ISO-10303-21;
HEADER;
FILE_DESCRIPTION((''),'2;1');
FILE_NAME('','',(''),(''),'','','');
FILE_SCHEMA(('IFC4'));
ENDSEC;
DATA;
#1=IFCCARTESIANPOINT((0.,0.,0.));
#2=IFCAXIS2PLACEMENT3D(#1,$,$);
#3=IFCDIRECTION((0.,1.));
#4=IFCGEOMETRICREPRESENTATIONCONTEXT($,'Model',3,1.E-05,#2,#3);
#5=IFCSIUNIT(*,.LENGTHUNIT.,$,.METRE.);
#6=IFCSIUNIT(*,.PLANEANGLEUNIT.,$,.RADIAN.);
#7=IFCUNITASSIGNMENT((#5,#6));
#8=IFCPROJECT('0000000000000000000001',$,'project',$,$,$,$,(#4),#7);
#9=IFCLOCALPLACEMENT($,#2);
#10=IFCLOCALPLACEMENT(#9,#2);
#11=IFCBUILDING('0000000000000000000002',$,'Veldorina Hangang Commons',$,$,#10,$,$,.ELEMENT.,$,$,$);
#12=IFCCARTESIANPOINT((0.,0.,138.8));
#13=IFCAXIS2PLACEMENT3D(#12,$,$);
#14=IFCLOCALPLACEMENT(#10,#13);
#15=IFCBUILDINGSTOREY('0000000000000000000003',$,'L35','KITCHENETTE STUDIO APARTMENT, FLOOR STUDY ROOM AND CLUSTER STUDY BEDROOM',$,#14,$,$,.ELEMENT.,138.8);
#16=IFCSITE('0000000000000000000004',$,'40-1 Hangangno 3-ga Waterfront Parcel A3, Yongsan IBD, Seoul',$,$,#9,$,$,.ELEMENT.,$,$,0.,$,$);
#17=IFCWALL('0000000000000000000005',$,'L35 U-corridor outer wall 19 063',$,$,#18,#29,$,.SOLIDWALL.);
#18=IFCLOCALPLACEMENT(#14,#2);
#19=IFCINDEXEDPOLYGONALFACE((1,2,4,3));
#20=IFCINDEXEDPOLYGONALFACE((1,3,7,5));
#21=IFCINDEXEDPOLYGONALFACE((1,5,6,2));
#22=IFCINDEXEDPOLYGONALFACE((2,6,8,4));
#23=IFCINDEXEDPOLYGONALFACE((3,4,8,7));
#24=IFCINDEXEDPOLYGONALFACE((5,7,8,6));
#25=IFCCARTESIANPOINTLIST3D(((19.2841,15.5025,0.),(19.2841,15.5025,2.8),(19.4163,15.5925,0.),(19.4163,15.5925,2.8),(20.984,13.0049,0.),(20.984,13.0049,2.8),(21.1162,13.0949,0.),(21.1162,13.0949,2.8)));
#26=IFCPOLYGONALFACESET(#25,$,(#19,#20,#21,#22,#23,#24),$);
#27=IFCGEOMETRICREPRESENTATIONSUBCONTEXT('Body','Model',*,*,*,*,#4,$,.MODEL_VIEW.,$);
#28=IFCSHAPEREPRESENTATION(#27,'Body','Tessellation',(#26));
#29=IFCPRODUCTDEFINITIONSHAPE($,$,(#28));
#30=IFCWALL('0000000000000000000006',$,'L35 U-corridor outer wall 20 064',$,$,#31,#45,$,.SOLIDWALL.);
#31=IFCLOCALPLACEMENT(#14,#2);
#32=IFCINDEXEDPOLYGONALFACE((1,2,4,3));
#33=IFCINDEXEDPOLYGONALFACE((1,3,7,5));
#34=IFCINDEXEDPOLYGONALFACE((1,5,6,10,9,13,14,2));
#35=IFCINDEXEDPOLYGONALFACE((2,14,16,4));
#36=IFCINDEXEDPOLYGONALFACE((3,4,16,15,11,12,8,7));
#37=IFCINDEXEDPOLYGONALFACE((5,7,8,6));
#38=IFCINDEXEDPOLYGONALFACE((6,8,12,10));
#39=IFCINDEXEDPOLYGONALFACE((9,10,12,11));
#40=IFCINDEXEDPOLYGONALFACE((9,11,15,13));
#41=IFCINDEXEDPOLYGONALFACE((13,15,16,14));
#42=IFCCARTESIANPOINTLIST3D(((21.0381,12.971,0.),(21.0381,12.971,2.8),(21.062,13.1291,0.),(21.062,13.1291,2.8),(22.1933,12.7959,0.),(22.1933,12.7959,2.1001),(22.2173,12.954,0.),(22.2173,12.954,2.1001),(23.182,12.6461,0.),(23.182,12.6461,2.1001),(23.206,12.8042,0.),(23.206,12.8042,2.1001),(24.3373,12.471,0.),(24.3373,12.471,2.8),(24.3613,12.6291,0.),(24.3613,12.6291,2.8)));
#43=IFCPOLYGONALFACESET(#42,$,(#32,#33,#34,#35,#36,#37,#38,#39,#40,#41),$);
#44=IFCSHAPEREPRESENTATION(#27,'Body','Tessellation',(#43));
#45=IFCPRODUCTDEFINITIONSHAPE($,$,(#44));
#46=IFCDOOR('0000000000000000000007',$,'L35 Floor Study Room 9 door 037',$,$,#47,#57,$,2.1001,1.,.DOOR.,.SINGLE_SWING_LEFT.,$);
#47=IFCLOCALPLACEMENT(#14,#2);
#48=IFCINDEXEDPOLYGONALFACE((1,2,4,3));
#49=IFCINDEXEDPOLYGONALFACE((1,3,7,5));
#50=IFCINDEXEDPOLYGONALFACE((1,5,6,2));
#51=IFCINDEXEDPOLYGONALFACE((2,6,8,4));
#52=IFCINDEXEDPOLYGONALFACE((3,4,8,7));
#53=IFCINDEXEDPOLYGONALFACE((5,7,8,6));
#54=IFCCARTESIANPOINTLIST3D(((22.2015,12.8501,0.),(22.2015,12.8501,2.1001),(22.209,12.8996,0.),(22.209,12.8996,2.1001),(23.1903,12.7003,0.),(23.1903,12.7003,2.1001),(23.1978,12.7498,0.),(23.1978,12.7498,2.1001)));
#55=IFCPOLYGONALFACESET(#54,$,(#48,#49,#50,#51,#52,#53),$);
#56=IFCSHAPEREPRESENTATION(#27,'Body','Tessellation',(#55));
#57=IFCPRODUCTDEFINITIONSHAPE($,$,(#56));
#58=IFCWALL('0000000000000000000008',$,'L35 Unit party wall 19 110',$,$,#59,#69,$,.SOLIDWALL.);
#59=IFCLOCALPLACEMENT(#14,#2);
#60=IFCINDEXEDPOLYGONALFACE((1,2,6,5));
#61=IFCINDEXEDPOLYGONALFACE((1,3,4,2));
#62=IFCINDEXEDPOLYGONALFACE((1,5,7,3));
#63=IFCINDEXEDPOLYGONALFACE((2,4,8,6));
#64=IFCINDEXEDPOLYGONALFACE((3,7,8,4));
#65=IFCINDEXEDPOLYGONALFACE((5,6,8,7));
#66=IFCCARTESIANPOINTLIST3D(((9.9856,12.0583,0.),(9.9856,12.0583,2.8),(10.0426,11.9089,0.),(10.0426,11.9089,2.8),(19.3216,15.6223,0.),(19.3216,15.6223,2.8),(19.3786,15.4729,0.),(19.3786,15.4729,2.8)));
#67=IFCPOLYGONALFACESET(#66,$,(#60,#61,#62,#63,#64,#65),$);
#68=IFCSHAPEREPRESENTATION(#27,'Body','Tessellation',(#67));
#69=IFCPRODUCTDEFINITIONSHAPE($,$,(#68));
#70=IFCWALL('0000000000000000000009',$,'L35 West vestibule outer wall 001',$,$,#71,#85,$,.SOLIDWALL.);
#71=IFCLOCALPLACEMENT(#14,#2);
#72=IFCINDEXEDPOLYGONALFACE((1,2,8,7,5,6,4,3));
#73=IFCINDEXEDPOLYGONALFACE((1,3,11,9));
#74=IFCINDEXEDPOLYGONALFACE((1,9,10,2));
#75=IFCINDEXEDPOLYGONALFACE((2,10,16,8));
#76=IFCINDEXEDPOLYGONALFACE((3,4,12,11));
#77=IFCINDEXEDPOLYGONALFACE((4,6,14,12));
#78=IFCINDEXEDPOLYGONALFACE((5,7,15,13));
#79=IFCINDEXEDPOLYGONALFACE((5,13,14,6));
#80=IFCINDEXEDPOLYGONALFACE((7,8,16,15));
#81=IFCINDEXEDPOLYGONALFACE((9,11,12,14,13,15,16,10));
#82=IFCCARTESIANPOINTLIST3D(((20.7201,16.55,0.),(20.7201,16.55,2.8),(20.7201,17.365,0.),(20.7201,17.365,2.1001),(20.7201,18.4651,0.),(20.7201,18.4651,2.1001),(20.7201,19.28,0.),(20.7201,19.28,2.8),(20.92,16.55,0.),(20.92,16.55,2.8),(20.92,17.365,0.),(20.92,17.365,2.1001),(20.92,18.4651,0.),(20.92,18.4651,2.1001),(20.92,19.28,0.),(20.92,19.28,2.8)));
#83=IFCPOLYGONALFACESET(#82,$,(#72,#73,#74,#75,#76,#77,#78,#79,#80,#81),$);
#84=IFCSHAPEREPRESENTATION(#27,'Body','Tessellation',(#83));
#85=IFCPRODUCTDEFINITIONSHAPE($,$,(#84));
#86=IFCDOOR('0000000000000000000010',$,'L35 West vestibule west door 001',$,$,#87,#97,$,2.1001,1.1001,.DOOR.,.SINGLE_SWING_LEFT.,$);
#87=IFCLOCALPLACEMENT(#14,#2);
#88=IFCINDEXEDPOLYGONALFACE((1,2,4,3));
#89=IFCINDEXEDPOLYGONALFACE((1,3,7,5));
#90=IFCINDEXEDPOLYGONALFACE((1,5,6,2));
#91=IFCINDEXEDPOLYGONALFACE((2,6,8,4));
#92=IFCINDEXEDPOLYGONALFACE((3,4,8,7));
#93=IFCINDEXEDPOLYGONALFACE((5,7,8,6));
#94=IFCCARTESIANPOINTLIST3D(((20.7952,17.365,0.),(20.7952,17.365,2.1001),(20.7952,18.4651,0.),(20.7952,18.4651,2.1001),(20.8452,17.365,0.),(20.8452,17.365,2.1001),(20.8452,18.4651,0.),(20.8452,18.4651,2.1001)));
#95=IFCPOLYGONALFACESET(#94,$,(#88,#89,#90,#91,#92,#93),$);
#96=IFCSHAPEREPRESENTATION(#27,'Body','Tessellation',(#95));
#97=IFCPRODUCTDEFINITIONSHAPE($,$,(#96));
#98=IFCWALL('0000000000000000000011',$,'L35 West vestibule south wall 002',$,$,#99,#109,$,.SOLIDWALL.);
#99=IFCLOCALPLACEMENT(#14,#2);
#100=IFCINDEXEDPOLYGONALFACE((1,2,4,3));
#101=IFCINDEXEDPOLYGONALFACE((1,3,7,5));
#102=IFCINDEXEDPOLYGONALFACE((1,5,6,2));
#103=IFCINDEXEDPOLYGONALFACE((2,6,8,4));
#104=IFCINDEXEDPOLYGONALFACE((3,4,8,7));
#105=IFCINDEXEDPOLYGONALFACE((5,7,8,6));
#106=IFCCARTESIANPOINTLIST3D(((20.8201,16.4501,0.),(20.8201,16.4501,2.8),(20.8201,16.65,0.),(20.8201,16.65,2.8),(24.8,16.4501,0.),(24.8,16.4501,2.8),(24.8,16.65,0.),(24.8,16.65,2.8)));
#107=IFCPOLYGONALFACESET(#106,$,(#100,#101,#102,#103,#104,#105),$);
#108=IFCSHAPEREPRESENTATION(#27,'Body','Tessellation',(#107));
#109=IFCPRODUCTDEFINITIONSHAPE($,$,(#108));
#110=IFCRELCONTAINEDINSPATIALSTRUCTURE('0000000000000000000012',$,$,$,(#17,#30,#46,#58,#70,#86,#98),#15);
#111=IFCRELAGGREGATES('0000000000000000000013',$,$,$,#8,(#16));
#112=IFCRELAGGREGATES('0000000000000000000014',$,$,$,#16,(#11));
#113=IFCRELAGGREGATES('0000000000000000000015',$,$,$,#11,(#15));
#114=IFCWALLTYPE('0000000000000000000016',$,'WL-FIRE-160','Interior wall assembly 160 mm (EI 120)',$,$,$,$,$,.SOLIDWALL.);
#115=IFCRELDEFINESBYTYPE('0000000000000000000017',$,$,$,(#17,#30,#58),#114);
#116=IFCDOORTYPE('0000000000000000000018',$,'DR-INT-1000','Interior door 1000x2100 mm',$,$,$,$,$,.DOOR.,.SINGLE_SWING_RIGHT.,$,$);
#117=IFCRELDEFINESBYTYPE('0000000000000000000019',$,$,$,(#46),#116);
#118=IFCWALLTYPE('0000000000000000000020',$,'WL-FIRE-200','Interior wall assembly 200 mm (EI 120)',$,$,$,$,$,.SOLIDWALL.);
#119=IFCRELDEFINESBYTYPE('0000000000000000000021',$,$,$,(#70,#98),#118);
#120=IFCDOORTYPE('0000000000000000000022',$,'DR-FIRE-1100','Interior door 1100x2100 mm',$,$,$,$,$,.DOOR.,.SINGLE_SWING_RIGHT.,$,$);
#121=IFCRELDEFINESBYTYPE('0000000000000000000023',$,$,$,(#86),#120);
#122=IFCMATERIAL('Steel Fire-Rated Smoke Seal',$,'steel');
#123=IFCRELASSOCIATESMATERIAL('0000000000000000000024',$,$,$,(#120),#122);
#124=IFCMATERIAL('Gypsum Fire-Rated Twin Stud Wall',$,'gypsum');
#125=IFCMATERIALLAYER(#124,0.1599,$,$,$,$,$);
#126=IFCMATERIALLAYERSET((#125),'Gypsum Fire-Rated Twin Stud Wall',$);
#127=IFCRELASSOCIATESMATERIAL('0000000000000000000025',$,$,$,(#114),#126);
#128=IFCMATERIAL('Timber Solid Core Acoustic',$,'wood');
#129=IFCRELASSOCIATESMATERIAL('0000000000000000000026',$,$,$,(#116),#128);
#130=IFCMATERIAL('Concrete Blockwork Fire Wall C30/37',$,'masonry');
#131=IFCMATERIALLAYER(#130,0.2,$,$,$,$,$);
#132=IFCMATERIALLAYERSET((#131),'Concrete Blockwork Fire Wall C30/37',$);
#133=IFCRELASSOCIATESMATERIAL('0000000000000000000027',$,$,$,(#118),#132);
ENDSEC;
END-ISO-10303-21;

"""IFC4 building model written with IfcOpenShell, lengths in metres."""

from ifc_helpers import new_model, si_unit, direction, frame, frame_2d, origin, place, context, subcontext, project, spatial, rectangle, extrude, material, layer, layer_set, type_object, element, fill, save


model = new_model("IFC4")

# Units and contexts
model_context = context("Model", 3, precision=1e-05, world=origin(), true_north=direction((0.0, 1.0)))
body_context = subcontext(model_context, "Body", "Model", "MODEL_VIEW")
ifc_project = project(units=[si_unit("LENGTHUNIT", "METRE"), si_unit("PLANEANGLEUNIT", "RADIAN")], contexts=[model_context])

# Site, building, storey
site_placement = place(None, origin())
site = spatial("IfcSite", under=ifc_project, at=site_placement, Name="40-1 Hangangno 3-ga Waterfront Parcel A3, Yongsan IBD, Seoul", CompositionType="ELEMENT", RefElevation=0.0)
building_placement = place(site_placement, origin())
building = spatial("IfcBuilding", under=site, at=building_placement, Name="Veldorina Hangang Commons", CompositionType="ELEMENT")
storey_placement = place(building_placement, frame((0.0, 0.0, 138.8)))
storey = spatial("IfcBuildingStorey", under=building, at=storey_placement, Name="L35", Description="KITCHENETTE STUDIO APARTMENT, FLOOR STUDY ROOM AND CLUSTER STUDY BEDROOM", CompositionType="ELEMENT", Elevation=138.8)

# Shared definitions
ifc_material_1 = material(Name="Steel Fire-Rated Smoke Seal", Category="steel")
door_type_1 = type_object("IfcDoorType", Name="DR-FIRE-1100", Description="Interior door 1100x2100 mm", OperationType="SINGLE_SWING_RIGHT", PredefinedType="DOOR", material=ifc_material_1)
ifc_material_2 = material(Name="Gypsum Fire-Rated Twin Stud Wall", Category="gypsum")
ifc_layer_1 = layer(ifc_material_2, 0.1599)
ifc_layer_set_1 = layer_set([ifc_layer_1], Name="Gypsum Fire-Rated Twin Stud Wall")
wall_type_1 = type_object("IfcWallType", Name="WL-FIRE-160", Description="Interior wall assembly 160 mm (EI 120)", PredefinedType="SOLIDWALL", material=ifc_layer_set_1)
ifc_material_3 = material(Name="Timber Solid Core Acoustic", Category="wood")
door_type_2 = type_object("IfcDoorType", Name="DR-INT-1000", Description="Interior door 1000x2100 mm", OperationType="SINGLE_SWING_RIGHT", PredefinedType="DOOR", material=ifc_material_3)

# Wall
wall_1_placement = place(storey_placement, frame((19.3501, 15.5476, 0.0), z_axis=(0.0, 0.0, 1.0), x_axis=(0.562675, -0.826678, 0.0)))
element("IfcWall", 1, at=wall_1_placement, inside=storey, type_object=wall_type_1, Name="L35 U-corridor outer wall 19 063", PredefinedType="SOLIDWALL", context=body_context, shape_type="SweptSolid", body=[
    extrude(rectangle(XDim=3.0212, YDim=0.1599, at=frame_2d((1.5107, 0.0))), origin(), (0.0, 0.0, 1.0), 2.8),
])

# Wall, opening, door
wall_2_placement = place(storey_placement, frame((21.05, 13.05, 0.0), z_axis=(0.0, 0.0, 1.0), x_axis=(0.988711, -0.149836, 0.0)))
wall_2 = element("IfcWall", 2, at=wall_2_placement, inside=storey, type_object=wall_type_1, Name="L35 U-corridor outer wall 20 064", PredefinedType="SOLIDWALL", context=body_context, shape_type="SweptSolid", body=[
    extrude(rectangle(XDim=3.3369, YDim=0.1599, at=frame_2d((1.6685, 0.0))), origin(), (0.0, 0.0, 1.0), 2.8),
])
opening_1_placement = place(wall_2_placement, frame((1.1685, 0.0, 0.0)))
opening_1 = element("IfcOpeningElement", 3, at=opening_1_placement, cuts=wall_2, PredefinedType="OPENING", context=body_context, shape_type="SweptSolid", body=[
    extrude(rectangle(XDim=1.0, YDim=2.1001, at=frame_2d((0.5, 1.05))), frame((0.0, 0.0898, 0.0), z_axis=(0.0, -1.0, 0.0), x_axis=(1.0, 0.0, 0.0)), (0.0, 0.0, 1.0), 0.1799),
])
door_1_placement = place(opening_1_placement, origin())
door_1 = element("IfcDoor", 4, at=door_1_placement, inside=storey, type_object=door_type_2, Name="L35 Floor Study Room 9 door 037", OperationType="SINGLE_SWING_LEFT", OverallHeight=2.1001, OverallWidth=1.0, PredefinedType="DOOR", context=body_context, shape_type="SweptSolid", body=[
    extrude(rectangle(XDim=1.0, YDim=2.1001, at=frame_2d((0.5, 1.05))), frame((0.0, 0.0249, 0.0), z_axis=(0.0, -1.0, 0.0), x_axis=(1.0, 0.0, 0.0)), (0.0, 0.0, 1.0), 0.05),
])
fill(opening_1, door_1)

# Wall
wall_3_placement = place(storey_placement, frame((19.3501, 15.5476, 0.0), z_axis=(0.0, 0.0, 1.0), x_axis=(-0.934241, -0.356643, 0.0)))
element("IfcWall", 5, at=wall_3_placement, inside=storey, type_object=wall_type_1, Name="L35 Unit party wall 19 110", PredefinedType="SOLIDWALL", context=body_context, shape_type="SweptSolid", body=[
    extrude(rectangle(XDim=9.9932, YDim=0.1599, at=frame_2d((4.9966, 0.0))), origin(), (0.0, 0.0, 1.0), 2.8),
])

# Wall, opening, door
ifc_material_4 = material(Name="Concrete Blockwork Fire Wall C30/37", Category="masonry")
ifc_layer_2 = layer(ifc_material_4, 0.2)
ifc_layer_set_2 = layer_set([ifc_layer_2], Name="Concrete Blockwork Fire Wall C30/37")
wall_type_2 = type_object("IfcWallType", Name="WL-FIRE-200", Description="Interior wall assembly 200 mm (EI 120)", PredefinedType="SOLIDWALL", material=ifc_layer_set_2)
wall_4_placement = place(storey_placement, frame((20.8201, 16.55, 0.0), z_axis=(0.0, 0.0, 1.0), x_axis=(0.0, 1.0, 0.0)))
wall_4 = element("IfcWall", 6, at=wall_4_placement, inside=storey, type_object=wall_type_2, Name="L35 West vestibule outer wall 001", PredefinedType="SOLIDWALL", context=body_context, shape_type="SweptSolid", body=[
    extrude(rectangle(XDim=2.73, YDim=0.2, at=frame_2d((1.365, 0.0))), origin(), (0.0, 0.0, 1.0), 2.8),
])
opening_2_placement = place(wall_4_placement, frame((0.8149, 0.0, 0.0)))
opening_2 = element("IfcOpeningElement", 7, at=opening_2_placement, cuts=wall_4, PredefinedType="OPENING", context=body_context, shape_type="SweptSolid", body=[
    extrude(rectangle(XDim=1.1001, YDim=2.1001, at=frame_2d((0.55, 1.05))), frame((0.0, 0.1099, 0.0), z_axis=(0.0, -1.0, 0.0), x_axis=(1.0, 0.0, 0.0)), (0.0, 0.0, 1.0), 0.22),
])
door_2_placement = place(opening_2_placement, origin())
door_2 = element("IfcDoor", 8, at=door_2_placement, inside=storey, type_object=door_type_1, Name="L35 West vestibule west door 001", OperationType="SINGLE_SWING_LEFT", OverallHeight=2.1001, OverallWidth=1.1001, PredefinedType="DOOR", context=body_context, shape_type="SweptSolid", body=[
    extrude(rectangle(XDim=1.1001, YDim=2.1001, at=frame_2d((0.55, 1.05))), frame((0.0, 0.0249, 0.0), z_axis=(0.0, -1.0, 0.0), x_axis=(1.0, 0.0, 0.0)), (0.0, 0.0, 1.0), 0.05),
])
fill(opening_2, door_2)

# Wall
wall_5_placement = place(storey_placement, frame((20.8201, 16.55, 0.0), z_axis=(0.0, 0.0, 1.0), x_axis=(1.0, 0.0, 0.0)))
element("IfcWall", 9, at=wall_5_placement, inside=storey, type_object=wall_type_2, Name="L35 West vestibule south wall 002", PredefinedType="SOLIDWALL", context=body_context, shape_type="SweptSolid", body=[
    extrude(rectangle(XDim=3.98, YDim=0.2, at=frame_2d((1.99, 0.0))), origin(), (0.0, 0.0, 1.0), 2.8),
])

save(model, "model.ifc")
